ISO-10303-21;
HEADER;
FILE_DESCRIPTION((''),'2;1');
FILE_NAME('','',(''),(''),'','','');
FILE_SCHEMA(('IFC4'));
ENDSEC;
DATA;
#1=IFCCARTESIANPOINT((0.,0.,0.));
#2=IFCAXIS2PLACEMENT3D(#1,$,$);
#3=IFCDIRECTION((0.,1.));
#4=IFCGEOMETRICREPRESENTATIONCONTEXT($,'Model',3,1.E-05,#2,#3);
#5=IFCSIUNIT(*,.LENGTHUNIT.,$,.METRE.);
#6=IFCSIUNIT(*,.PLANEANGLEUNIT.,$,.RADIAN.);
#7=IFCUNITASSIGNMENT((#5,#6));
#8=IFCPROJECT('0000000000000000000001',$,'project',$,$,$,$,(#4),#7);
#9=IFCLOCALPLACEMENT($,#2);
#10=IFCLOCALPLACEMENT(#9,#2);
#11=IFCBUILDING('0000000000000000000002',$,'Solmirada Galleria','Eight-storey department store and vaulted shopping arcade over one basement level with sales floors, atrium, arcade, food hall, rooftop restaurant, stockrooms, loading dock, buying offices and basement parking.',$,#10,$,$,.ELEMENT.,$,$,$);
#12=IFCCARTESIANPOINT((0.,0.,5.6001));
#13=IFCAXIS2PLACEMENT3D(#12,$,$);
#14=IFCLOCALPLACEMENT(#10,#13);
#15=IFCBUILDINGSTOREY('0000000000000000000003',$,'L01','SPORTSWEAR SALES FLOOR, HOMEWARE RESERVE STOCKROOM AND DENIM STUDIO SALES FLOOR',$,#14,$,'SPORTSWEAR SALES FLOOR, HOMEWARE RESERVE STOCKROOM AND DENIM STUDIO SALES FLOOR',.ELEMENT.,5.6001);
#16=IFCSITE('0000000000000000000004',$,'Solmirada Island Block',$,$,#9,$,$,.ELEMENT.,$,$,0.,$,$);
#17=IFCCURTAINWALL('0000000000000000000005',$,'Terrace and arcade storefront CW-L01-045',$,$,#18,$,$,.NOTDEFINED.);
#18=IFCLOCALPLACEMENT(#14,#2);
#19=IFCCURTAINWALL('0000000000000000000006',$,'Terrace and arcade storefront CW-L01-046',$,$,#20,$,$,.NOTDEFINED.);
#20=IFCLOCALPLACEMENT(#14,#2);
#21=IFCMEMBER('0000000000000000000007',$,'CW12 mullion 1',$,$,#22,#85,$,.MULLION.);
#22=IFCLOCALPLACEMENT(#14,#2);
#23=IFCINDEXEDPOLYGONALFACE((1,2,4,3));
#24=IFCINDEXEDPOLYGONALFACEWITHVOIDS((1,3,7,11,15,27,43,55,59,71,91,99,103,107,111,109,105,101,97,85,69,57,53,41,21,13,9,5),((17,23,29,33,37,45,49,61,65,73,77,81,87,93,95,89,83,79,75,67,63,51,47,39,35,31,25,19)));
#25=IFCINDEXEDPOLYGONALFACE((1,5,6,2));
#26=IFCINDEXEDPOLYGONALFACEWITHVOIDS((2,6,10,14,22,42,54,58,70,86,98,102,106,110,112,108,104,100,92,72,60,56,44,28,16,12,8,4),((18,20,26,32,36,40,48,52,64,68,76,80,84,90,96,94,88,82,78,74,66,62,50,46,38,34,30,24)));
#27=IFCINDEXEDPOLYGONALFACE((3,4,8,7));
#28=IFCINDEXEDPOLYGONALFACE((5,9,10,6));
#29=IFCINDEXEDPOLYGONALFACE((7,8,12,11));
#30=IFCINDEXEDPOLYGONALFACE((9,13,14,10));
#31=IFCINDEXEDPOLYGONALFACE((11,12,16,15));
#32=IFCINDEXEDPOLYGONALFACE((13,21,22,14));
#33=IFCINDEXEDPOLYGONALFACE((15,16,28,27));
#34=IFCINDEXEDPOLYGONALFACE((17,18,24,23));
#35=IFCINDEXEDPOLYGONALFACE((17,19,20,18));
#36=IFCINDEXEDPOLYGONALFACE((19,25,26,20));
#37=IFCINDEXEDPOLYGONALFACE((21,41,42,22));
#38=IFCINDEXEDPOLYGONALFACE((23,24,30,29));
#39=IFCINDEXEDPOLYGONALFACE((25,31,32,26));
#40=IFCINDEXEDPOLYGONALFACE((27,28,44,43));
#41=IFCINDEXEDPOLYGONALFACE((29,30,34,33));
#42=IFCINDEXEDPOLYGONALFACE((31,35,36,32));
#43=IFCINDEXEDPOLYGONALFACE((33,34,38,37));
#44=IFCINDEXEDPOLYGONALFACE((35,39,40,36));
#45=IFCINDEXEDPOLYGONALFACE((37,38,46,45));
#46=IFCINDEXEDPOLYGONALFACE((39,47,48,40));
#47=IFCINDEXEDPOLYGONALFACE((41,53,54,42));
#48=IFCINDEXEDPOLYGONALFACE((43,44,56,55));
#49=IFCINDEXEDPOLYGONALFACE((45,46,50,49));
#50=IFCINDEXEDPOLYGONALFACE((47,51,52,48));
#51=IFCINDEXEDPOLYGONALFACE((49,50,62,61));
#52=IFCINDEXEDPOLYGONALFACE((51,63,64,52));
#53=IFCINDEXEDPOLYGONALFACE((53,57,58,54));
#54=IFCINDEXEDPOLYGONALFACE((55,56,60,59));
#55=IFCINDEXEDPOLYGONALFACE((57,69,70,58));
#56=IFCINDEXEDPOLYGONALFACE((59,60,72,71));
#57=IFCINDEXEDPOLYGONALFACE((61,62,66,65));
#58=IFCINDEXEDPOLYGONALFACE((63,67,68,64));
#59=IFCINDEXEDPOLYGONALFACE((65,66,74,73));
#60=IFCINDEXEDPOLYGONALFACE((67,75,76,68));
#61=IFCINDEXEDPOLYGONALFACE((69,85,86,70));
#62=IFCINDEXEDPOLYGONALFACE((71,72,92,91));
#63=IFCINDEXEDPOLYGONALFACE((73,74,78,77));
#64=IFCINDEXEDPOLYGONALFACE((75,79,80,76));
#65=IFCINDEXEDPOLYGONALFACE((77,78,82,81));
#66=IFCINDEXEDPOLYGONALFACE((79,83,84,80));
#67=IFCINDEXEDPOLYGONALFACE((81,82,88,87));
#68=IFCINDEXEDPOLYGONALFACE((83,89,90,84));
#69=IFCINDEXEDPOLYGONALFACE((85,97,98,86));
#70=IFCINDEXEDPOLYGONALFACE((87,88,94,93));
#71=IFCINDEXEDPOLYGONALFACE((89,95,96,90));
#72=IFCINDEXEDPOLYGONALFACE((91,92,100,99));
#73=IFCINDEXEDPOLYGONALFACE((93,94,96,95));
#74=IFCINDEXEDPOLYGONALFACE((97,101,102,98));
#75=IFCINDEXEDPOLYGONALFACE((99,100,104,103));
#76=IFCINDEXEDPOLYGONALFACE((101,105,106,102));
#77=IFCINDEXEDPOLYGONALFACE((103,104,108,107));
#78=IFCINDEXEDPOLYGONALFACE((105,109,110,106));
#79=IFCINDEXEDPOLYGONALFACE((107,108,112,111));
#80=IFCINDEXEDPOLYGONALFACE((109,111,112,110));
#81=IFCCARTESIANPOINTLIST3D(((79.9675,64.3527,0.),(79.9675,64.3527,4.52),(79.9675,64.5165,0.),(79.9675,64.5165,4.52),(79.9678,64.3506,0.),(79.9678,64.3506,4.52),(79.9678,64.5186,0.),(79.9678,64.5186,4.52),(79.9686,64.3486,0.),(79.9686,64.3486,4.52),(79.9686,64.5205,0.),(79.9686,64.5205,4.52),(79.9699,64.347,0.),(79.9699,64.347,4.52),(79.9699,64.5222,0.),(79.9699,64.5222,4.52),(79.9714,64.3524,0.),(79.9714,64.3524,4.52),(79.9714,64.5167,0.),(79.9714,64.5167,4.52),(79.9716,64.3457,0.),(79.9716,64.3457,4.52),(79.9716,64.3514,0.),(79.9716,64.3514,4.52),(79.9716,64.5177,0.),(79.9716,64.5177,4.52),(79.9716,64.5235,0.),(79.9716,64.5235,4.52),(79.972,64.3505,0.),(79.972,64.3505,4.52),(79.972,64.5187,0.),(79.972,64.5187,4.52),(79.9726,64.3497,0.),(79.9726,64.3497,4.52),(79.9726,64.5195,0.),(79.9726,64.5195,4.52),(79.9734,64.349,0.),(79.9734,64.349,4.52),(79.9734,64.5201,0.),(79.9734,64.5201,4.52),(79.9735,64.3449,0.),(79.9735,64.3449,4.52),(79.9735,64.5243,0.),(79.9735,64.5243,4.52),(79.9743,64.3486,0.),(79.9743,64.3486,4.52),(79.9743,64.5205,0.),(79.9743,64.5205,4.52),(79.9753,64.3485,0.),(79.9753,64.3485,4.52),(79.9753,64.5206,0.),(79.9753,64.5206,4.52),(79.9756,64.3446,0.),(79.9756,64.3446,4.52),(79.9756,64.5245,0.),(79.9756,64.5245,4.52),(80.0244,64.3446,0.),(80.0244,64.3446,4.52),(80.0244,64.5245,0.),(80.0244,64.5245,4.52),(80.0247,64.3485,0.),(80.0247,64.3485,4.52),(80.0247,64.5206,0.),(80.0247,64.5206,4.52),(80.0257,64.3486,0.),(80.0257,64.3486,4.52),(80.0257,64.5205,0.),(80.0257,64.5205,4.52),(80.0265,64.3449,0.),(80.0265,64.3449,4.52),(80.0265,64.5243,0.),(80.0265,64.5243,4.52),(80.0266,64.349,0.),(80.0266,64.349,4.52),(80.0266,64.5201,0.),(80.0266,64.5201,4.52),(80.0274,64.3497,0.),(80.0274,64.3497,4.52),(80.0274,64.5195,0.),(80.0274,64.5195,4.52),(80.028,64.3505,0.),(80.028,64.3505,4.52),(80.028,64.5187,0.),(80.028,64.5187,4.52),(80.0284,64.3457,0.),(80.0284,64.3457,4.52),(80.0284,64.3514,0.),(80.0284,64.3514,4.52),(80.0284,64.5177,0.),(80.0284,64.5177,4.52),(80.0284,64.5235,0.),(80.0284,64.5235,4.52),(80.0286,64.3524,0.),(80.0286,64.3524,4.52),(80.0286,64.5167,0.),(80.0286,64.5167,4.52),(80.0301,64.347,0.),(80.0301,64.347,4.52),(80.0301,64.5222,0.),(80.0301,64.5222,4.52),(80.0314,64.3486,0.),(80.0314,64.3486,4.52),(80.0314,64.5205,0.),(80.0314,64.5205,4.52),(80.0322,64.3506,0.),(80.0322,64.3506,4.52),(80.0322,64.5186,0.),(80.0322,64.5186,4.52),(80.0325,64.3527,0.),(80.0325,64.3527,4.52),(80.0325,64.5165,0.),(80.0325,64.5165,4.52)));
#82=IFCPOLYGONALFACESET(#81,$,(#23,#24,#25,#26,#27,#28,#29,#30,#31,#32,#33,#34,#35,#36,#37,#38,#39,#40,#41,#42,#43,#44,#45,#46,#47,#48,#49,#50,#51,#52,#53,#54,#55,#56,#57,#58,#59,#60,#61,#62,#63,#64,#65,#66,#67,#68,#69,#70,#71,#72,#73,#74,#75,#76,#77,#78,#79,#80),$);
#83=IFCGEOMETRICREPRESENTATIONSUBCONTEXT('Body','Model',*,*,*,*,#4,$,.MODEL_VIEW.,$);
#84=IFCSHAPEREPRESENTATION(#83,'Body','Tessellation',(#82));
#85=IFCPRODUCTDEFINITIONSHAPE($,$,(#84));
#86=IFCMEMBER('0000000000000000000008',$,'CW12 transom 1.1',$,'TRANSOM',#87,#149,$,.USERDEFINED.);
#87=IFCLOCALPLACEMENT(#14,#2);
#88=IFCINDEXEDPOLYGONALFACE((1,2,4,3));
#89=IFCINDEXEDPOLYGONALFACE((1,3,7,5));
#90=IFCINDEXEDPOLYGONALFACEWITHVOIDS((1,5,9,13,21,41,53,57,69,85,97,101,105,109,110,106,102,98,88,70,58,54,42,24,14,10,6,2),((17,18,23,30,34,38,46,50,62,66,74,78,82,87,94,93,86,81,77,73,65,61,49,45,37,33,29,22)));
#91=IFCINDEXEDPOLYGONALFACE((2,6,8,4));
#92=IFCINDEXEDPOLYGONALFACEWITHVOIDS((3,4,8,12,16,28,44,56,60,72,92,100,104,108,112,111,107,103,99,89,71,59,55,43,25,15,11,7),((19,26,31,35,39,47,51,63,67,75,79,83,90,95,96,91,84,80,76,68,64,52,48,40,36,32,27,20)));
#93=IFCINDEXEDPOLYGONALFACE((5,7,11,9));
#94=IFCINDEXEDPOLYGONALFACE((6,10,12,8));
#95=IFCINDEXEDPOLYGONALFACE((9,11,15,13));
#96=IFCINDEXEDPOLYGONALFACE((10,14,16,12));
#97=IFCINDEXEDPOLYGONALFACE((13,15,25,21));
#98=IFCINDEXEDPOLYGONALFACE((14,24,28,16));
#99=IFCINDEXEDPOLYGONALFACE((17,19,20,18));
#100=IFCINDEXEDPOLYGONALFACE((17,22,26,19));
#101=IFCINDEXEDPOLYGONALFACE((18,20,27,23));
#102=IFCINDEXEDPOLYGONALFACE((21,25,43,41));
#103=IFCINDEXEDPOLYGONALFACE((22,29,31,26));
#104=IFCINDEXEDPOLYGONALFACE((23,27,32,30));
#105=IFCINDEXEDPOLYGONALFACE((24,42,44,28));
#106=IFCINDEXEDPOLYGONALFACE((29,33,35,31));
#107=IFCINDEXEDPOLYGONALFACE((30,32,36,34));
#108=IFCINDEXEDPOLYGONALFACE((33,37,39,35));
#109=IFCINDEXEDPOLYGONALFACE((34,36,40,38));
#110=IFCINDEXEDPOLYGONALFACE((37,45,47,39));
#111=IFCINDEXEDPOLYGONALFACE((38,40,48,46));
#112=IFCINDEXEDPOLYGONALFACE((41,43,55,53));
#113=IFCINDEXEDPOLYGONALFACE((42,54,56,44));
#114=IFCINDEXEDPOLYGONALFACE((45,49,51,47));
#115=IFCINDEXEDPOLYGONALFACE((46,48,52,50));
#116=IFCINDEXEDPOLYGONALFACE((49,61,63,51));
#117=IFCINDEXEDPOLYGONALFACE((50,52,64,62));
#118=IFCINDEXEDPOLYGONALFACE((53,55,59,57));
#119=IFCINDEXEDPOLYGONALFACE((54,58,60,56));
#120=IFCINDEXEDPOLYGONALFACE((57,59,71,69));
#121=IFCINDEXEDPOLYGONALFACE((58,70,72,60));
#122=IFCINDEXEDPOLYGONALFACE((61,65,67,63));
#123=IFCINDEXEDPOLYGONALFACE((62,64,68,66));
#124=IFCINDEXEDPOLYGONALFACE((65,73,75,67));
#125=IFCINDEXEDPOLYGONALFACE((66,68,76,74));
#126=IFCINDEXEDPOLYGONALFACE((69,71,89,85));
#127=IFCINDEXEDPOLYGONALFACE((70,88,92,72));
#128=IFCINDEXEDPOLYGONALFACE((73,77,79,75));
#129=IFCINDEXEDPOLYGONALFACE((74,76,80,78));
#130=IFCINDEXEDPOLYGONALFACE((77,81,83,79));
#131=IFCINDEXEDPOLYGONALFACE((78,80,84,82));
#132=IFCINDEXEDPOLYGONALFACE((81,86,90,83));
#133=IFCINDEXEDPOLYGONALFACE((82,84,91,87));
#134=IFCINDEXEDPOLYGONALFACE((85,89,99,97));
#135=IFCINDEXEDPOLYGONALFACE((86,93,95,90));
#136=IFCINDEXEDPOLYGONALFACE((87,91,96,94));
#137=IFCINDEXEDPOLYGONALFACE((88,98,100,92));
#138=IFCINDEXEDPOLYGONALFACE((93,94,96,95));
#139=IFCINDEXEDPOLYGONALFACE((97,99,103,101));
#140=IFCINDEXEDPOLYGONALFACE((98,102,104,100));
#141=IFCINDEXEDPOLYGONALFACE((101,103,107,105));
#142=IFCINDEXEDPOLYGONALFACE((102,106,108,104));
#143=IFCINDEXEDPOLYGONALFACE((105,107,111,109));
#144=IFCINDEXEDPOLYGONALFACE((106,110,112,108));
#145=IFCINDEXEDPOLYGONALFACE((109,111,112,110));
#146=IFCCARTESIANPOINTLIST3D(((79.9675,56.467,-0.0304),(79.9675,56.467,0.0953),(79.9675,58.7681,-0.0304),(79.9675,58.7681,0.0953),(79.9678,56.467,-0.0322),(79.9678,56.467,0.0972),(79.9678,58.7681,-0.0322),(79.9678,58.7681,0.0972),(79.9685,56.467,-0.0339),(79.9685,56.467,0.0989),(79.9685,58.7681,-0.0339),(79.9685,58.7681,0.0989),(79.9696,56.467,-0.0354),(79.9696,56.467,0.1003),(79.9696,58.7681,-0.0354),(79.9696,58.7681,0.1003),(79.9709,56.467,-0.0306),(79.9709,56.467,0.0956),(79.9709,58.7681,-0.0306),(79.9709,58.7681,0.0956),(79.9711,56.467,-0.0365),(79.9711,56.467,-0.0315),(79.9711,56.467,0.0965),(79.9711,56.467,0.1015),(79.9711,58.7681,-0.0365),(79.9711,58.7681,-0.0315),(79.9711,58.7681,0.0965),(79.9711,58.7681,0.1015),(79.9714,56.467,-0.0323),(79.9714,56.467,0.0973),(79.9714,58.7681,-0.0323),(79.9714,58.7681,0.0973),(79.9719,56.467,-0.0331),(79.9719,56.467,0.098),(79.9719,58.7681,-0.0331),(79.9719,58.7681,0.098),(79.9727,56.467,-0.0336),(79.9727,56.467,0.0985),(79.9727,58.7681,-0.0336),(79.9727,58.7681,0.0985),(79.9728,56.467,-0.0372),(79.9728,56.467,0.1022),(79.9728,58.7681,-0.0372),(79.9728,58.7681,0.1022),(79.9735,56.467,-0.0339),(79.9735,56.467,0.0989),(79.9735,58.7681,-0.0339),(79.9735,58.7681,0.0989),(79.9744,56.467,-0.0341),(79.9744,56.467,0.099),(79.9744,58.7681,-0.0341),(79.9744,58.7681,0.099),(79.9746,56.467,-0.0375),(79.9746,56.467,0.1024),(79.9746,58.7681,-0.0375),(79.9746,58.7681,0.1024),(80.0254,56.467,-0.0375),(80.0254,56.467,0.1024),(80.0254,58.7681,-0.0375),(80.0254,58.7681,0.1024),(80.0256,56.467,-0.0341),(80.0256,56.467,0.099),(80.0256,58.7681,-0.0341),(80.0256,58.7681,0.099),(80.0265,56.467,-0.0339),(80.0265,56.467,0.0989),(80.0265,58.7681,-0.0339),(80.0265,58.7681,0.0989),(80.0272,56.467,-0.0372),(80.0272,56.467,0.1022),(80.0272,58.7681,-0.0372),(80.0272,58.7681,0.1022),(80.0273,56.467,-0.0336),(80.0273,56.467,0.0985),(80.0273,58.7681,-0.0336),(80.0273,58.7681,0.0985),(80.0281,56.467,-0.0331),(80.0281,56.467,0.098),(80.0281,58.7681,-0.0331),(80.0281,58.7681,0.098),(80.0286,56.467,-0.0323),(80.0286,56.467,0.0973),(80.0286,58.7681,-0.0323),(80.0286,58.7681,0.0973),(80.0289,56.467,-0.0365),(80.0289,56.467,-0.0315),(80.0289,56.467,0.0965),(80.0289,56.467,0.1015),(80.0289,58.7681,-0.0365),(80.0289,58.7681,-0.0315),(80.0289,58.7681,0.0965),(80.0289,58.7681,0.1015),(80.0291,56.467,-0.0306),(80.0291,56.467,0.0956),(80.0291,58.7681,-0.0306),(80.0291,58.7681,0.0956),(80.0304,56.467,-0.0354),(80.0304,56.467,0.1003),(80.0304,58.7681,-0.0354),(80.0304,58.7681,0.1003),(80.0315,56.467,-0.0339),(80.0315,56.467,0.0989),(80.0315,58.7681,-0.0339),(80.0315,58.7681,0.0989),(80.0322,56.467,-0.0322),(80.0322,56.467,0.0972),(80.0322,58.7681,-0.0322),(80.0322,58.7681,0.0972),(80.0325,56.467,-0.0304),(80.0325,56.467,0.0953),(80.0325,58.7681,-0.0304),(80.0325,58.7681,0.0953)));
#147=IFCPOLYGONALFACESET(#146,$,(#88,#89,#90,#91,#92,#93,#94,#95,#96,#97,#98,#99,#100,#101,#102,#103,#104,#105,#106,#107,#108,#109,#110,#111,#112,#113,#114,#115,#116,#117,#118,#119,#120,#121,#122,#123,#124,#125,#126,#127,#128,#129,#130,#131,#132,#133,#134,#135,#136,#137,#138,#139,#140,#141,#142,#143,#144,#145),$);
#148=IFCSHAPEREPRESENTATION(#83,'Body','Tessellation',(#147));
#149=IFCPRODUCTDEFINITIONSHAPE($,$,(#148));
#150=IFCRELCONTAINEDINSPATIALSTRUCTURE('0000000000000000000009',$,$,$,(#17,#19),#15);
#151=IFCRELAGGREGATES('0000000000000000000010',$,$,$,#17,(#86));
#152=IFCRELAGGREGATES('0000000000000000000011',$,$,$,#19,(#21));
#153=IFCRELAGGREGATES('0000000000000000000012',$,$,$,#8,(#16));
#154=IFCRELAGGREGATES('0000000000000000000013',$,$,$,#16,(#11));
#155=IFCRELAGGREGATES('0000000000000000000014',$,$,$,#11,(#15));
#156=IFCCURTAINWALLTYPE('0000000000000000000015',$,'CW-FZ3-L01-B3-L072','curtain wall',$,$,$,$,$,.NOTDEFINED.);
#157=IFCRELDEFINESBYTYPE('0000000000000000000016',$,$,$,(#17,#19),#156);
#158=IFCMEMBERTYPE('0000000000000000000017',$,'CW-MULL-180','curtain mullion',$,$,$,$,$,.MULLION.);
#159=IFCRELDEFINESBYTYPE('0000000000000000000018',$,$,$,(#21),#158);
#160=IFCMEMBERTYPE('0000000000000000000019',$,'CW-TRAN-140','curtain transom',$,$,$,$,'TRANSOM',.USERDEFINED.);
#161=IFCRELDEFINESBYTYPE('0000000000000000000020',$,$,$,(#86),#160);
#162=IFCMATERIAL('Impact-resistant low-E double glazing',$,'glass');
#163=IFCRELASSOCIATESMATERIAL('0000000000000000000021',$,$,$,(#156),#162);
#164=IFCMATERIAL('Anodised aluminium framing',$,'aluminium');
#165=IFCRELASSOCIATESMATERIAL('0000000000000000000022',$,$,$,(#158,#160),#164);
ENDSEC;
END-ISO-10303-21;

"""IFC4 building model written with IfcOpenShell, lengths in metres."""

from ifc_helpers import new_model, si_unit, direction, frame, origin, origin_2d, place, context, subcontext, project, spatial, hollow_rectangle, extrude, material, material_profile, profile_set, type_object, element, aggregate, save


model = new_model("IFC4")

# Units and contexts
model_context = context("Model", 3, precision=1e-05, world=origin(), true_north=direction((0.0, 1.0)))
body_context = subcontext(model_context, "Body", "Model", "MODEL_VIEW")
ifc_project = project(units=[si_unit("LENGTHUNIT", "METRE"), si_unit("PLANEANGLEUNIT", "RADIAN")], contexts=[model_context])

# Site, building, storey
site_placement = place(None, origin())
site = spatial("IfcSite", under=ifc_project, at=site_placement, Name="Solmirada Island Block", CompositionType="ELEMENT", RefElevation=0.0)
building_placement = place(site_placement, origin())
building = spatial("IfcBuilding", under=site, at=building_placement, Name="Solmirada Galleria", Description="Eight-storey department store and vaulted shopping arcade over one basement level with sales floors, atrium, arcade, food hall, rooftop restaurant, stockrooms, loading dock, buying offices and basement parking.", CompositionType="ELEMENT")
storey_placement = place(building_placement, frame((0.0, 0.0, 5.6001)))
storey = spatial("IfcBuildingStorey", under=building, at=storey_placement, Name="L01", Description="SPORTSWEAR SALES FLOOR, HOMEWARE RESERVE STOCKROOM AND DENIM STUDIO SALES FLOOR", LongName="SPORTSWEAR SALES FLOOR, HOMEWARE RESERVE STOCKROOM AND DENIM STUDIO SALES FLOOR", CompositionType="ELEMENT", Elevation=5.6001)

# Curtain wall
ifc_material_1 = material(Name="Impact-resistant low-E double glazing", Category="glass")
curtain_wall_type = type_object("IfcCurtainWallType", Name="CW-FZ3-L01-B3-L072", Description="curtain wall", PredefinedType="NOTDEFINED", material=ifc_material_1)
curtain_wall_1_placement = place(storey_placement, origin())
curtain_wall_1 = element("IfcCurtainWall", 1, at=curtain_wall_1_placement, inside=storey, type_object=curtain_wall_type, Name="Terrace and arcade storefront CW-L01-045", PredefinedType="NOTDEFINED")
ifc_material_2 = material(Name="Anodised aluminium framing", Category="aluminium")
ifc_material_profile_1 = material_profile(ifc_material_2, hollow_rectangle(XDim=0.0649, YDim=0.1799, WallThickness=0.0039, InnerFilletRadius=0.0039, OuterFilletRadius=0.0081, at=origin_2d()), Name="ALU-MULL-180X65")
ifc_profile_set_1 = profile_set([ifc_material_profile_1], Name="Anodised aluminium framing")
member_type_1 = type_object("IfcMemberType", Name="CW-MULL-180", Description="curtain mullion", PredefinedType="MULLION", material=ifc_profile_set_1)

# Curtain wall, member
curtain_wall_2_placement = place(storey_placement, origin())
curtain_wall_2 = element("IfcCurtainWall", 2, at=curtain_wall_2_placement, inside=storey, type_object=curtain_wall_type, Name="Terrace and arcade storefront CW-L01-046", PredefinedType="NOTDEFINED")
member_1_placement = place(storey_placement, frame((80.0, 64.4346, 0.0), z_axis=(0.0, 0.0, 1.0), x_axis=(-1.0, 0.0, 0.0)))
member_1 = element("IfcMember", 3, at=member_1_placement, type_object=member_type_1, Name="CW12 mullion 1", PredefinedType="MULLION", context=body_context, shape_type="SweptSolid", body=[
    extrude(hollow_rectangle(XDim=0.0649, YDim=0.1799, WallThickness=0.0039, InnerFilletRadius=0.0039, OuterFilletRadius=0.0081, at=origin_2d()), origin(), (0.0, 0.0, 1.0), 4.52),
])

# Member
ifc_material_profile_2 = material_profile(ifc_material_2, hollow_rectangle(XDim=0.0649, YDim=0.1399, WallThickness=0.0034, InnerFilletRadius=0.0034, OuterFilletRadius=0.0071, at=origin_2d()), Name="ALU-TRAN-140X65")
ifc_profile_set_2 = profile_set([ifc_material_profile_2], Name="Anodised aluminium framing")
member_type_2 = type_object("IfcMemberType", Name="CW-TRAN-140", Description="curtain transom", ElementType="TRANSOM", PredefinedType="USERDEFINED", material=ifc_profile_set_2)
member_2_placement = place(storey_placement, frame((80.0, 56.467, 0.0325), z_axis=(0.0, 1.0, 0.0), x_axis=(-1.0, 0.0, 0.0)))
member_2 = element("IfcMember", 4, at=member_2_placement, type_object=member_type_2, Name="CW12 transom 1.1", ObjectType="TRANSOM", PredefinedType="USERDEFINED", context=body_context, shape_type="SweptSolid", body=[
    extrude(hollow_rectangle(XDim=0.0649, YDim=0.1399, WallThickness=0.0034, InnerFilletRadius=0.0034, OuterFilletRadius=0.0071, at=origin_2d()), origin(), (0.0, 0.0, 1.0), 2.301),
])

aggregate(curtain_wall_1, [member_2])
aggregate(curtain_wall_2, [member_1])

save(model, "model.ifc")
